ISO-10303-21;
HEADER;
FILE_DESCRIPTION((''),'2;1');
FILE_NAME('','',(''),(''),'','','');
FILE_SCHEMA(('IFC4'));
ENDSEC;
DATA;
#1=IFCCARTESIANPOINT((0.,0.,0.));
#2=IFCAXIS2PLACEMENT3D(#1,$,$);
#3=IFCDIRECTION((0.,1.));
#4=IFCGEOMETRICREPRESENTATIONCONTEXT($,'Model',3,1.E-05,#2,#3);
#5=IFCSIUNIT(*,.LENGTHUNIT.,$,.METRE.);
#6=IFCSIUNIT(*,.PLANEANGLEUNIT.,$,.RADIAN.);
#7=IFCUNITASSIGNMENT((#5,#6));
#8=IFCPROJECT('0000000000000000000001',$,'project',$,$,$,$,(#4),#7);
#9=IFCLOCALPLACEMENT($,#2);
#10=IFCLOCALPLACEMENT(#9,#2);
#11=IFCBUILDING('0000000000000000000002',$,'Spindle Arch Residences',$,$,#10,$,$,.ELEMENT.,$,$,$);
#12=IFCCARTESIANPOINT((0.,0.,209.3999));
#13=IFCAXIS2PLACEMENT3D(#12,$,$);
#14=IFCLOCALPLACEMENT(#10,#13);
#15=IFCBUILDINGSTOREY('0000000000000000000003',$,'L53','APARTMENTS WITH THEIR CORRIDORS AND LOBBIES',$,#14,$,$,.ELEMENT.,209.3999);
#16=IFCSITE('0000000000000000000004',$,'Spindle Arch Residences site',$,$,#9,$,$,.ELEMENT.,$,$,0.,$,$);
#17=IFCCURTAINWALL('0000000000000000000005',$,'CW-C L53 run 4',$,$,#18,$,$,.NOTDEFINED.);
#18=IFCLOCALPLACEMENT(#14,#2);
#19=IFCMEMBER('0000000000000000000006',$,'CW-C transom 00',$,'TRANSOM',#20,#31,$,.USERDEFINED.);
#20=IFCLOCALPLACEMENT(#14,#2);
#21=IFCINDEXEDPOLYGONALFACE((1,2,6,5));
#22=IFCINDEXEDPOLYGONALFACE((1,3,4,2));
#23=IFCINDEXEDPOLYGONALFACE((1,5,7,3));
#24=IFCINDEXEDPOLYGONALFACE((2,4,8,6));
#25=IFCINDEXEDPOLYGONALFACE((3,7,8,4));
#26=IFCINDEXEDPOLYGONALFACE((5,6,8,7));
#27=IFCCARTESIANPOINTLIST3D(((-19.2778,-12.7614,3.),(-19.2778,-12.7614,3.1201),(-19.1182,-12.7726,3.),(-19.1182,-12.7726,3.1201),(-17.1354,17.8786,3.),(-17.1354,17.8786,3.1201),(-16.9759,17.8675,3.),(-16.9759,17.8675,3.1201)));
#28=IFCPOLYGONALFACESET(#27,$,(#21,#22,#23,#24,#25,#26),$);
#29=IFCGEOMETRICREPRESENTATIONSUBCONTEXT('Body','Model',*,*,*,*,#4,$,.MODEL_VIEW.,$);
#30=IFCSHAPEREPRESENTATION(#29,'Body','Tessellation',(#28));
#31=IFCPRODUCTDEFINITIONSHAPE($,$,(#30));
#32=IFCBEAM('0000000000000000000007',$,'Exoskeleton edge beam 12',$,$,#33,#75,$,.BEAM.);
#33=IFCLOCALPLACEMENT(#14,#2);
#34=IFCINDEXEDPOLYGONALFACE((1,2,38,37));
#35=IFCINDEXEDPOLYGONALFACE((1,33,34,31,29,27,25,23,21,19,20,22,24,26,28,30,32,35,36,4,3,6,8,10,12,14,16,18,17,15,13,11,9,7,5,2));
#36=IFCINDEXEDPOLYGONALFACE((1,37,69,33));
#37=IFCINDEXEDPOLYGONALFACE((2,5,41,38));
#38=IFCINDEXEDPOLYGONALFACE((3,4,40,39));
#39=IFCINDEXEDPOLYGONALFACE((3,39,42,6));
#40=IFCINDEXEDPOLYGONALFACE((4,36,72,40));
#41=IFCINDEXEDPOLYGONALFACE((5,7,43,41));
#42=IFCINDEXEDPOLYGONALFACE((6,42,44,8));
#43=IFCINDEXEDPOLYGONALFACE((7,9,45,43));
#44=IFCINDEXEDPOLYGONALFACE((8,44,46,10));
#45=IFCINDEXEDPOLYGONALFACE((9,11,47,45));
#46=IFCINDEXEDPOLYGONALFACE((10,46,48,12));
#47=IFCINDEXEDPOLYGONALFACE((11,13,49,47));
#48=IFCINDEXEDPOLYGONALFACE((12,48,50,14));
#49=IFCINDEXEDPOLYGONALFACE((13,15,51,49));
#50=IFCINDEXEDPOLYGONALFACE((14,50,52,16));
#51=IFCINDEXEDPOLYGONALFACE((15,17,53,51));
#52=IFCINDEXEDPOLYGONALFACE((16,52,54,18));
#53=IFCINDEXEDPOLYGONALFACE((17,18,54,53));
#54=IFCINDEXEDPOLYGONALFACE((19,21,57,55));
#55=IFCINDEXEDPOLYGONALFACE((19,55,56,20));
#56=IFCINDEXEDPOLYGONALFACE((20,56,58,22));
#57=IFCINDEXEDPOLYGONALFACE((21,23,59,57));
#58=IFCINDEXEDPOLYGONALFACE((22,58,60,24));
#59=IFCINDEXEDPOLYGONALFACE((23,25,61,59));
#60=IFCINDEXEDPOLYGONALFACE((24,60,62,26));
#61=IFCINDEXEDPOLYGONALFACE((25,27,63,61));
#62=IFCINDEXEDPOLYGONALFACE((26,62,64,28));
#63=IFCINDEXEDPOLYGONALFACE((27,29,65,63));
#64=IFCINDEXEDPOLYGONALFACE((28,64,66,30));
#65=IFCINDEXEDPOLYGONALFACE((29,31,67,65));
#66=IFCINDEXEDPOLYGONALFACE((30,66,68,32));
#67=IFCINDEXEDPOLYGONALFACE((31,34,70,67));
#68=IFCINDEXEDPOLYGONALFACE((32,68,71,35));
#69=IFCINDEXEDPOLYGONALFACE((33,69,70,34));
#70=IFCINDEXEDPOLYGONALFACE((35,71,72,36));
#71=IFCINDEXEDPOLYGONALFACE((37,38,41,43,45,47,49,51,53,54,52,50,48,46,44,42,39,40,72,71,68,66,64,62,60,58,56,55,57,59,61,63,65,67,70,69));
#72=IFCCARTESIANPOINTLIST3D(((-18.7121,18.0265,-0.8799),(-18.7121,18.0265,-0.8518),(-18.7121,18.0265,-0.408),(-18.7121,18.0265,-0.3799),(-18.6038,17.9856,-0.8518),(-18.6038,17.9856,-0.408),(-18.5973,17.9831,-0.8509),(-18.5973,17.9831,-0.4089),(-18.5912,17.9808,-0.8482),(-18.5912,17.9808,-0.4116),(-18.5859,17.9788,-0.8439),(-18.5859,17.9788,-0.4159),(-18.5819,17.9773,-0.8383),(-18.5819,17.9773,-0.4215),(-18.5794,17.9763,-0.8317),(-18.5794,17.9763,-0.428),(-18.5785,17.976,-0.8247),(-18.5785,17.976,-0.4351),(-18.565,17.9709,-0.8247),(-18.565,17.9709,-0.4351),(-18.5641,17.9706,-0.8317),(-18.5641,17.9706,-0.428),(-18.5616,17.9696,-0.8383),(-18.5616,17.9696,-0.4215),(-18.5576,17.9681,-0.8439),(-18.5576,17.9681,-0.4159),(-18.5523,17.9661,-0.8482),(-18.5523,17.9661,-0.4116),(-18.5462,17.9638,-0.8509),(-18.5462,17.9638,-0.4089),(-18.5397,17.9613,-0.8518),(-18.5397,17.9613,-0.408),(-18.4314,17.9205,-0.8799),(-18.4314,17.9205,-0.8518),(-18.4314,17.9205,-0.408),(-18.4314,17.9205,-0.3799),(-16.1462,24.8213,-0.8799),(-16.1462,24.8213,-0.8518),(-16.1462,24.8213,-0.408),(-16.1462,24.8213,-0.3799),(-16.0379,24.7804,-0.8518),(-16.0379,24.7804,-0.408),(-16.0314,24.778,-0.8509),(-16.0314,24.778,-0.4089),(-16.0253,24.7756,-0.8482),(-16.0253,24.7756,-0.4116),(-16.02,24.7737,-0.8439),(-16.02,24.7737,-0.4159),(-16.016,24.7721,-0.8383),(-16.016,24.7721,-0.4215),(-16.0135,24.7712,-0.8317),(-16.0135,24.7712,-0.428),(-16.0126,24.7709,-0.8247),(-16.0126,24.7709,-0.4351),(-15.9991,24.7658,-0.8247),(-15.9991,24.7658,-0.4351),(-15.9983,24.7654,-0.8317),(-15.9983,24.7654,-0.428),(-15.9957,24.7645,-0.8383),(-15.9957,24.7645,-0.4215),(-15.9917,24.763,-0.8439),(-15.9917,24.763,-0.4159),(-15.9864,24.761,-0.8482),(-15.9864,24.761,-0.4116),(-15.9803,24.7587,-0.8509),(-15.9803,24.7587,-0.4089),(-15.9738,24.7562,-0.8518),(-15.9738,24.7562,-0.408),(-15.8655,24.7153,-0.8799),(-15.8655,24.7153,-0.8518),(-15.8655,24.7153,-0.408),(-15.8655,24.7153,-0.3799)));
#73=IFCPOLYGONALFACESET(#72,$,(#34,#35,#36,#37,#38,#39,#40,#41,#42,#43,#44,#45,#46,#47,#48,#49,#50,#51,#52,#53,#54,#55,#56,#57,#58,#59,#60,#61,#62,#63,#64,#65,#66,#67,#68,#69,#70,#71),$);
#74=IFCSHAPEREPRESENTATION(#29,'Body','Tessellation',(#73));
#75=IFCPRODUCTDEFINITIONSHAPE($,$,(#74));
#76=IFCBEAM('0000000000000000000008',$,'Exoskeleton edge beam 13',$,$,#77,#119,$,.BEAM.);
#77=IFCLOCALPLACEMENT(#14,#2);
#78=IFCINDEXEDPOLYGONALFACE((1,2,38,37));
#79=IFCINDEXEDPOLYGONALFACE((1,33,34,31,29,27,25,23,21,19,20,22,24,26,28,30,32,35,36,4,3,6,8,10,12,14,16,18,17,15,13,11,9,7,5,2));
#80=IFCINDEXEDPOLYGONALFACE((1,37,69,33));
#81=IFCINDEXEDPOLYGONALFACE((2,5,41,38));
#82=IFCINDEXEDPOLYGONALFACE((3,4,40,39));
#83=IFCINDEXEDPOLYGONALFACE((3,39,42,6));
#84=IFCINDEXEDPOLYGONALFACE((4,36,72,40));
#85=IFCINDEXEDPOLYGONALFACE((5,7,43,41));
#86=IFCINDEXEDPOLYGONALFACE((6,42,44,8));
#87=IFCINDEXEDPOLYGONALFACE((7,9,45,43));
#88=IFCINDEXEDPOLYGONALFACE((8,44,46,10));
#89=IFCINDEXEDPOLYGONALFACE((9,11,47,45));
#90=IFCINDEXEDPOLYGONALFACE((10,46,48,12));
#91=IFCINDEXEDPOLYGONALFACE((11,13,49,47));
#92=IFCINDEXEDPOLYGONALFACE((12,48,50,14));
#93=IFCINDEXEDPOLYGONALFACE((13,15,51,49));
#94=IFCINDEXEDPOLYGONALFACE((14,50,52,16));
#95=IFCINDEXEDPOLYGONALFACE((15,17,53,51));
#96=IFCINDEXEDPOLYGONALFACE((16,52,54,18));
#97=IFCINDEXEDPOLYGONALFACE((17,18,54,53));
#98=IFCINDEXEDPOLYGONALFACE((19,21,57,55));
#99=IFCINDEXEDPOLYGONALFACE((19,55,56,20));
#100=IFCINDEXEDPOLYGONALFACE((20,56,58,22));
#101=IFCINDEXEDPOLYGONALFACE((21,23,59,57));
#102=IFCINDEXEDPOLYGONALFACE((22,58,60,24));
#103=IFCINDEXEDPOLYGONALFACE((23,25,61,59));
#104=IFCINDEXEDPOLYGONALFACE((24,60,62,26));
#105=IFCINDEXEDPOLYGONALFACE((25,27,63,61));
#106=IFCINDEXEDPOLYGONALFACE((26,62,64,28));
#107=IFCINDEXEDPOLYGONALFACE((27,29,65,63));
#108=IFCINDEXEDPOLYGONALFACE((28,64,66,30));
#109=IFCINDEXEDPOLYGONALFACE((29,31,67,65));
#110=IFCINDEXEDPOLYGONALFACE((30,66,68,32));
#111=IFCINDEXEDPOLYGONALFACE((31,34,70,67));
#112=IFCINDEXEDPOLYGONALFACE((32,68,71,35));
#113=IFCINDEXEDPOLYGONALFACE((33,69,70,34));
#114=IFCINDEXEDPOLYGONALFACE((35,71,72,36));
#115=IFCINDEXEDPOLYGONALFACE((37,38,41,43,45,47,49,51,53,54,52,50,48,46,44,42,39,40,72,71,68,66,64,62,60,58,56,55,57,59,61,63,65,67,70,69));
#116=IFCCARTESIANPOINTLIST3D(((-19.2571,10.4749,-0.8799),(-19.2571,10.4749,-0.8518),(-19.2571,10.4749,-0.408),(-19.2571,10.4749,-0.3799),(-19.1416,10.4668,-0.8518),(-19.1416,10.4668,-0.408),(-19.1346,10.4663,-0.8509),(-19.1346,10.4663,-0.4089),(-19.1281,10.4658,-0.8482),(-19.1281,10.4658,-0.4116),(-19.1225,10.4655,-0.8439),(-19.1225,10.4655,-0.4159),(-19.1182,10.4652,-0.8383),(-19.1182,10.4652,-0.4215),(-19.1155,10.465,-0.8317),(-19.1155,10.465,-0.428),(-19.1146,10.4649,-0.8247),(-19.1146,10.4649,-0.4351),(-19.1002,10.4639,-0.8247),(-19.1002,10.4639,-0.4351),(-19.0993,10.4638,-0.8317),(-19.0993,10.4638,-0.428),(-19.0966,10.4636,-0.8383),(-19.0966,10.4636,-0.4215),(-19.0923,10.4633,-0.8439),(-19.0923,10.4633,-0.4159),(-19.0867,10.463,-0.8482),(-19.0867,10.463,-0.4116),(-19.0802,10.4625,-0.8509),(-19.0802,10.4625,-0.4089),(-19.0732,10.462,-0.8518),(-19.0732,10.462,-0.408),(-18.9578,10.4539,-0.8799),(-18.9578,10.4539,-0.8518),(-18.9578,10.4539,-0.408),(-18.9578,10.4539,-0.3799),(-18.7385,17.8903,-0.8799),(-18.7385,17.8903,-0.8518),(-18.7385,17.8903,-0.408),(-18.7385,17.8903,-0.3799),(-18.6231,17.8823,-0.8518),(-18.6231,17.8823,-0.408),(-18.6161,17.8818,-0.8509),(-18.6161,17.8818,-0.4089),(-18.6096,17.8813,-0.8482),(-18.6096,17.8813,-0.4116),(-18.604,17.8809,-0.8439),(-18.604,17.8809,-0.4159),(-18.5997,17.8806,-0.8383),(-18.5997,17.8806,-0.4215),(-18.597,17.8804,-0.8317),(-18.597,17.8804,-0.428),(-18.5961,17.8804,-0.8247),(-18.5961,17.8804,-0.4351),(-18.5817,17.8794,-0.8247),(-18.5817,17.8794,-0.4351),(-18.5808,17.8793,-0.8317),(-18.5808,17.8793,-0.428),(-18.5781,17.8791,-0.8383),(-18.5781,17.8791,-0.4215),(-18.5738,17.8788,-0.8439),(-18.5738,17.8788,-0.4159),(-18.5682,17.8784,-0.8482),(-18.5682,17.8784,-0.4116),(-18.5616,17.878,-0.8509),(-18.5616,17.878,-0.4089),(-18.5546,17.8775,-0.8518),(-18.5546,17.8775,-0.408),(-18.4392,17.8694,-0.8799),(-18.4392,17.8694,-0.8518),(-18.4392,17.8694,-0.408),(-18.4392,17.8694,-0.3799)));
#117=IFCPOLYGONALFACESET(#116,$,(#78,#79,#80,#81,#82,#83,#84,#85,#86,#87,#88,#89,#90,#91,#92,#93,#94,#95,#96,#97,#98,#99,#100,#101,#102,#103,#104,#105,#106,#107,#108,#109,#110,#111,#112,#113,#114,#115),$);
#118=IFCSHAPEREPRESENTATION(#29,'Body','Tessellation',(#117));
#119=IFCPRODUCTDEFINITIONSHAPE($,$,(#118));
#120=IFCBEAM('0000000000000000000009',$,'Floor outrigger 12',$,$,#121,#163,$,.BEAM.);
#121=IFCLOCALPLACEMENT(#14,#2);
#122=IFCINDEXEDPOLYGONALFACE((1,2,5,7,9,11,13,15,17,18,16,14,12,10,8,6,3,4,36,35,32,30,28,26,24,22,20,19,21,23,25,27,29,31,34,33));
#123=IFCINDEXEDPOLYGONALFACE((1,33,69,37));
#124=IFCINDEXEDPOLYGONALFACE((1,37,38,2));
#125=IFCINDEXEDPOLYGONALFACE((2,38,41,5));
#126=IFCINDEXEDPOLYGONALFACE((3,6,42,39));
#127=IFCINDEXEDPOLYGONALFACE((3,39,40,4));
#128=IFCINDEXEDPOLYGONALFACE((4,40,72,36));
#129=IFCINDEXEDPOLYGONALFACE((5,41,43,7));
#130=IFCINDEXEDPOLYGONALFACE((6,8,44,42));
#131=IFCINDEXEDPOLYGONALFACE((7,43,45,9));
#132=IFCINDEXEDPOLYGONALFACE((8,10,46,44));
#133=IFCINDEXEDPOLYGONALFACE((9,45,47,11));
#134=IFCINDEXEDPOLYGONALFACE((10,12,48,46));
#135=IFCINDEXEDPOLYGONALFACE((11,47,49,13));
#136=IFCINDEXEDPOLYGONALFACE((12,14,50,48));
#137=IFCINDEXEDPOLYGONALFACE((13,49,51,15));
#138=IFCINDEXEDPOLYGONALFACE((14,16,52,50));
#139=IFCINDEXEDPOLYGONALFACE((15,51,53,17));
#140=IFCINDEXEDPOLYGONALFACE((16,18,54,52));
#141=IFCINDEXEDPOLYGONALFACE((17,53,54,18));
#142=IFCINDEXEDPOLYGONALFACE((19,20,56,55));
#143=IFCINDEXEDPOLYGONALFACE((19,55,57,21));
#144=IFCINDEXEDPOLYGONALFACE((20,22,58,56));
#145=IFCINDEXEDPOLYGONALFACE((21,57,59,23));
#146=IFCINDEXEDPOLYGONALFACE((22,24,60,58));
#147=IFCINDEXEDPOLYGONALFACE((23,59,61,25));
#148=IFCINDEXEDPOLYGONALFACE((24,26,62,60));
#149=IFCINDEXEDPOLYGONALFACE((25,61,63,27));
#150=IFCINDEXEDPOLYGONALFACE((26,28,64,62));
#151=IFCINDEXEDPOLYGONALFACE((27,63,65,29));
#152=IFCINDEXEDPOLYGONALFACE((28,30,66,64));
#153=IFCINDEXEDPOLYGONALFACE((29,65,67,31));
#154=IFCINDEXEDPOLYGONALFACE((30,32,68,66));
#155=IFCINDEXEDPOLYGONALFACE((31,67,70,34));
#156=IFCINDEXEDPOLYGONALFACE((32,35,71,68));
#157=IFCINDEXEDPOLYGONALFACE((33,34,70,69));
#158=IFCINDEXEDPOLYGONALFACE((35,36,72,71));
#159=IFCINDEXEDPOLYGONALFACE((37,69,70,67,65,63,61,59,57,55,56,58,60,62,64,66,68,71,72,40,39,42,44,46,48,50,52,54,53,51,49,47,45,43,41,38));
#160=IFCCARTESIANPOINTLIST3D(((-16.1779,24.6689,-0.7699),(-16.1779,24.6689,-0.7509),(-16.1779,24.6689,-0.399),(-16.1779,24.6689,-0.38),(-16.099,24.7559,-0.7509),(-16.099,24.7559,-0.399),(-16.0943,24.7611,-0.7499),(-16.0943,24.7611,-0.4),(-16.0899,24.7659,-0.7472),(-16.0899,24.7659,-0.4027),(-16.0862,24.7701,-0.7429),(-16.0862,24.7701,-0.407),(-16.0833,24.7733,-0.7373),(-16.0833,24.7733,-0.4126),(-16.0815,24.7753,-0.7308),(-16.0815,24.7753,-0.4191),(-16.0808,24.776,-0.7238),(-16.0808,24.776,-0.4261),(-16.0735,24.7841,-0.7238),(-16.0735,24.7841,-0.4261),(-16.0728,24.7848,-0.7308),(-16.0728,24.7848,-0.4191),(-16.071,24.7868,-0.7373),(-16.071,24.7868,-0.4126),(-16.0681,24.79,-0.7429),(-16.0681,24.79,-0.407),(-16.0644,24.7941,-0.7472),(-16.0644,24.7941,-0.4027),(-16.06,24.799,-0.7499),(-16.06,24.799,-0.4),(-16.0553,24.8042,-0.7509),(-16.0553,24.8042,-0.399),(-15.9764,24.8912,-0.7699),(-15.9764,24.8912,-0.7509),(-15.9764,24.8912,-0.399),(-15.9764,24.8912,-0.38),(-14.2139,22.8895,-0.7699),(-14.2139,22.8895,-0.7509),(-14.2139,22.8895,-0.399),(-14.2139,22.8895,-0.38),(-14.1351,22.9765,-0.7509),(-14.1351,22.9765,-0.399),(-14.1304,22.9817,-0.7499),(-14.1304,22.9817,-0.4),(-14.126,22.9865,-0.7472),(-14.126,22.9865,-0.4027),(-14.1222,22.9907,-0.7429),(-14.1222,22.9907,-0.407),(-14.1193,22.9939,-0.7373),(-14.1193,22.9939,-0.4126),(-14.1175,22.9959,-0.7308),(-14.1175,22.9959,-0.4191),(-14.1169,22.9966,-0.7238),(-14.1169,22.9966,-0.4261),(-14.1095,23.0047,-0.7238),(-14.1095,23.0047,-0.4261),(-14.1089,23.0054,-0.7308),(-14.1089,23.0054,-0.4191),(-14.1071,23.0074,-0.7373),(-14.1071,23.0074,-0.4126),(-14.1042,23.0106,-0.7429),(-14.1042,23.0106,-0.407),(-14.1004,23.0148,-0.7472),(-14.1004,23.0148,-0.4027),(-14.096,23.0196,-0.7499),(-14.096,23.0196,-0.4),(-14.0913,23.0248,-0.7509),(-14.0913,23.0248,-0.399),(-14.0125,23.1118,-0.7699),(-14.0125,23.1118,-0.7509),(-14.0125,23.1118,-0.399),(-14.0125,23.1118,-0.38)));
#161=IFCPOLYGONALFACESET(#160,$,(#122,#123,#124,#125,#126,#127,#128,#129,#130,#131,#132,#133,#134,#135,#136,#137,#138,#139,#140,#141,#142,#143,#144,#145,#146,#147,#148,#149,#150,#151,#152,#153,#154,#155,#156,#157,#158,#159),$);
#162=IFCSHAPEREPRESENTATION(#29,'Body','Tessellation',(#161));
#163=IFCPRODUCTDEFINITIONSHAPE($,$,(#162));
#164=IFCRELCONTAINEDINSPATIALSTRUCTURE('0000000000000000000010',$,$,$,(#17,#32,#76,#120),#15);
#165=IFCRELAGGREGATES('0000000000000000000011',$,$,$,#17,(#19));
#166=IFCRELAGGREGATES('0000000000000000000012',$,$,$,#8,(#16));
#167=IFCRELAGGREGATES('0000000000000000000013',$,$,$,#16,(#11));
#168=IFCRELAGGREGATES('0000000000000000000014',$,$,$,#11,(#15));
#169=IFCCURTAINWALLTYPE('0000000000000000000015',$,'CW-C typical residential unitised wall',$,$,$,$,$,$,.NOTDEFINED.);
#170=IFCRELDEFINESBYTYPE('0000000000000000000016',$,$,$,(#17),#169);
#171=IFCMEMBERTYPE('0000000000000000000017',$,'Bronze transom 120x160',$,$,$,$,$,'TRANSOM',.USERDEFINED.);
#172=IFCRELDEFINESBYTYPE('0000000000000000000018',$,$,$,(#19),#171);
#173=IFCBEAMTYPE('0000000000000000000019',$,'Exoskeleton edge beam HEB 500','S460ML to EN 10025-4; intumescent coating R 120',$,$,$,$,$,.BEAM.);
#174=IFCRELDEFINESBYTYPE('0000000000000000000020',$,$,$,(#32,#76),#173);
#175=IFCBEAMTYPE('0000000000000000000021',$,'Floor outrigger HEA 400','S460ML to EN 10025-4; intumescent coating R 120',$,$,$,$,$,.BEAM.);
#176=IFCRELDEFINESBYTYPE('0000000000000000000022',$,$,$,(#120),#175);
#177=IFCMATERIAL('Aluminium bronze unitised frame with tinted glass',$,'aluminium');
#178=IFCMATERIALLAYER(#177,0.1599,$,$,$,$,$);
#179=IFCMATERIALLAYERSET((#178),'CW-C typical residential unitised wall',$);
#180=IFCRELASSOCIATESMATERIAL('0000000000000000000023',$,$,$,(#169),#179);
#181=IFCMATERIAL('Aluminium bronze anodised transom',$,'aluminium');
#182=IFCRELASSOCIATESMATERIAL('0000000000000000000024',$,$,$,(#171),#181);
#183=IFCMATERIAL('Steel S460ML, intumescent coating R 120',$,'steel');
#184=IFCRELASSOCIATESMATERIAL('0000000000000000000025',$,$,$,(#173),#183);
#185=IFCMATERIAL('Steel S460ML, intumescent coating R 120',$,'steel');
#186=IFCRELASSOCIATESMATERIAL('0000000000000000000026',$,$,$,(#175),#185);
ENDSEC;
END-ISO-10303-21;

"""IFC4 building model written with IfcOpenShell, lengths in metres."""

from ifc_helpers import new_model, si_unit, direction, frame, origin, origin_2d, place, context, subcontext, project, spatial, rectangle, i_section, extrude, material, layer, layer_set, material_profile, profile_set, type_object, element, aggregate, save


model = new_model("IFC4")

# Units and contexts
model_context = context("Model", 3, precision=1e-05, world=origin(), true_north=direction((0.0, 1.0)))
body_context = subcontext(model_context, "Body", "Model", "MODEL_VIEW")
ifc_project = project(units=[si_unit("LENGTHUNIT", "METRE"), si_unit("PLANEANGLEUNIT", "RADIAN")], contexts=[model_context])

# Site, building, storey
site_placement = place(None, origin())
site = spatial("IfcSite", under=ifc_project, at=site_placement, Name="Spindle Arch Residences site", CompositionType="ELEMENT", RefElevation=0.0)
building_placement = place(site_placement, origin())
building = spatial("IfcBuilding", under=site, at=building_placement, Name="Spindle Arch Residences", CompositionType="ELEMENT")
storey_placement = place(building_placement, frame((0.0, 0.0, 209.3999)))
storey = spatial("IfcBuildingStorey", under=building, at=storey_placement, Name="L53", Description="APARTMENTS WITH THEIR CORRIDORS AND LOBBIES", CompositionType="ELEMENT", Elevation=209.3999)

# Curtain wall
ifc_material_1 = material(Name="Aluminium bronze unitised frame with tinted glass", Category="aluminium")
ifc_layer_1 = layer(ifc_material_1, 0.1599)
ifc_layer_set_1 = layer_set([ifc_layer_1], Name="CW-C typical residential unitised wall")
curtain_wall_type_1 = type_object("IfcCurtainWallType", Name="CW-C typical residential unitised wall", PredefinedType="NOTDEFINED", material=ifc_layer_set_1)
curtain_wall_1_placement = place(storey_placement, origin())
curtain_wall_1 = element("IfcCurtainWall", 1, at=curtain_wall_1_placement, inside=storey, type_object=curtain_wall_type_1, Name="CW-C L53 run 4", PredefinedType="NOTDEFINED")

# Member
ifc_material_2 = material(Name="Aluminium bronze anodised transom", Category="aluminium")
ifc_material_profile_1 = material_profile(ifc_material_2, rectangle(XDim=0.1599, YDim=0.1201, at=origin_2d()), Name="TR 120x160")
ifc_profile_set_1 = profile_set([ifc_material_profile_1], Name="Aluminium bronze anodised transom")
member_type_1 = type_object("IfcMemberType", Name="Bronze transom 120x160", ElementType="TRANSOM", PredefinedType="USERDEFINED", material=ifc_profile_set_1)
member_1_placement = place(storey_placement, frame((-17.0557, 17.873, 3.0601), z_axis=(-0.069749, -0.997565, 0.0), x_axis=(0.997565, -0.069749, 0.0)))
member_1 = element("IfcMember", 2, at=member_1_placement, type_object=member_type_1, Name="CW-C transom 00", ObjectType="TRANSOM", PredefinedType="USERDEFINED", context=body_context, shape_type="SweptSolid", body=[
    extrude(rectangle(XDim=0.1599, YDim=0.1201, at=origin_2d()), origin(), (0.0, 0.0, 1.0), 30.7148),
])
aggregate(curtain_wall_1, [member_1])

# Beams
ifc_material_3 = material(Name="Steel S460ML, intumescent coating R 120", Category="steel")
ifc_material_profile_2 = material_profile(ifc_material_3, i_section(OverallWidth=0.3, OverallDepth=0.5, WebThickness=0.0144, FlangeThickness=0.0281, FilletRadius=0.0271, at=origin_2d()), Name="HEB 500")
ifc_profile_set_2 = profile_set([ifc_material_profile_2], Name="Steel S460ML, intumescent coating R 120")
beam_type_1 = type_object("IfcBeamType", Name="Exoskeleton edge beam HEB 500", Description="S460ML to EN 10025-4; intumescent coating R 120", PredefinedType="BEAM", material=ifc_profile_set_2)
beam_1_placement = place(storey_placement, frame((-16.0059, 24.7683, -0.6299), z_axis=(-0.353274, -0.93552, 0.0), x_axis=(0.93552, -0.353274, 0.0)))
element("IfcBeam", 3, at=beam_1_placement, inside=storey, type_object=beam_type_1, Name="Exoskeleton edge beam 12", PredefinedType="BEAM", context=body_context, shape_type="SweptSolid", body=[
    extrude(i_section(OverallWidth=0.3, OverallDepth=0.5, WebThickness=0.0144, FlangeThickness=0.0281, FilletRadius=0.0271, at=origin_2d()), origin(), (0.0, 0.0, 1.0), 7.2632),
])
beam_2_placement = place(storey_placement, frame((-18.5889, 17.8799, -0.6299), z_axis=(-0.069758, -0.997564, 0.0), x_axis=(0.997564, -0.069758, 0.0)))
element("IfcBeam", 4, at=beam_2_placement, inside=storey, type_object=beam_type_1, Name="Exoskeleton edge beam 13", PredefinedType="BEAM", context=body_context, shape_type="SweptSolid", body=[
    extrude(i_section(OverallWidth=0.3, OverallDepth=0.5, WebThickness=0.0144, FlangeThickness=0.0281, FilletRadius=0.0271, at=origin_2d()), origin(), (0.0, 0.0, 1.0), 7.4336),
])
ifc_material_4 = material(Name="Steel S460ML, intumescent coating R 120", Category="steel")
ifc_material_profile_3 = material_profile(ifc_material_4, i_section(OverallWidth=0.3, OverallDepth=0.3899, WebThickness=0.011, FlangeThickness=0.019, FilletRadius=0.0271, at=origin_2d()), Name="HEA 400")
ifc_profile_set_3 = profile_set([ifc_material_profile_3], Name="Steel S460ML, intumescent coating R 120")
beam_type_2 = type_object("IfcBeamType", Name="Floor outrigger HEA 400", Description="S460ML to EN 10025-4; intumescent coating R 120", PredefinedType="BEAM", material=ifc_profile_set_3)
beam_3_placement = place(storey_placement, frame((-16.0771, 24.78, -0.575), z_axis=(0.741073, -0.671425, 0.0), x_axis=(0.671425, 0.741073, 0.0)))
element("IfcBeam", 5, at=beam_3_placement, inside=storey, type_object=beam_type_2, Name="Floor outrigger 12", PredefinedType="BEAM", context=body_context, shape_type="SweptSolid", body=[
    extrude(i_section(OverallWidth=0.3, OverallDepth=0.3899, WebThickness=0.011, FlangeThickness=0.019, FilletRadius=0.0271, at=origin_2d()), origin(), (0.0, 0.0, 1.0), 2.6501),
])

save(model, "model.ifc")
